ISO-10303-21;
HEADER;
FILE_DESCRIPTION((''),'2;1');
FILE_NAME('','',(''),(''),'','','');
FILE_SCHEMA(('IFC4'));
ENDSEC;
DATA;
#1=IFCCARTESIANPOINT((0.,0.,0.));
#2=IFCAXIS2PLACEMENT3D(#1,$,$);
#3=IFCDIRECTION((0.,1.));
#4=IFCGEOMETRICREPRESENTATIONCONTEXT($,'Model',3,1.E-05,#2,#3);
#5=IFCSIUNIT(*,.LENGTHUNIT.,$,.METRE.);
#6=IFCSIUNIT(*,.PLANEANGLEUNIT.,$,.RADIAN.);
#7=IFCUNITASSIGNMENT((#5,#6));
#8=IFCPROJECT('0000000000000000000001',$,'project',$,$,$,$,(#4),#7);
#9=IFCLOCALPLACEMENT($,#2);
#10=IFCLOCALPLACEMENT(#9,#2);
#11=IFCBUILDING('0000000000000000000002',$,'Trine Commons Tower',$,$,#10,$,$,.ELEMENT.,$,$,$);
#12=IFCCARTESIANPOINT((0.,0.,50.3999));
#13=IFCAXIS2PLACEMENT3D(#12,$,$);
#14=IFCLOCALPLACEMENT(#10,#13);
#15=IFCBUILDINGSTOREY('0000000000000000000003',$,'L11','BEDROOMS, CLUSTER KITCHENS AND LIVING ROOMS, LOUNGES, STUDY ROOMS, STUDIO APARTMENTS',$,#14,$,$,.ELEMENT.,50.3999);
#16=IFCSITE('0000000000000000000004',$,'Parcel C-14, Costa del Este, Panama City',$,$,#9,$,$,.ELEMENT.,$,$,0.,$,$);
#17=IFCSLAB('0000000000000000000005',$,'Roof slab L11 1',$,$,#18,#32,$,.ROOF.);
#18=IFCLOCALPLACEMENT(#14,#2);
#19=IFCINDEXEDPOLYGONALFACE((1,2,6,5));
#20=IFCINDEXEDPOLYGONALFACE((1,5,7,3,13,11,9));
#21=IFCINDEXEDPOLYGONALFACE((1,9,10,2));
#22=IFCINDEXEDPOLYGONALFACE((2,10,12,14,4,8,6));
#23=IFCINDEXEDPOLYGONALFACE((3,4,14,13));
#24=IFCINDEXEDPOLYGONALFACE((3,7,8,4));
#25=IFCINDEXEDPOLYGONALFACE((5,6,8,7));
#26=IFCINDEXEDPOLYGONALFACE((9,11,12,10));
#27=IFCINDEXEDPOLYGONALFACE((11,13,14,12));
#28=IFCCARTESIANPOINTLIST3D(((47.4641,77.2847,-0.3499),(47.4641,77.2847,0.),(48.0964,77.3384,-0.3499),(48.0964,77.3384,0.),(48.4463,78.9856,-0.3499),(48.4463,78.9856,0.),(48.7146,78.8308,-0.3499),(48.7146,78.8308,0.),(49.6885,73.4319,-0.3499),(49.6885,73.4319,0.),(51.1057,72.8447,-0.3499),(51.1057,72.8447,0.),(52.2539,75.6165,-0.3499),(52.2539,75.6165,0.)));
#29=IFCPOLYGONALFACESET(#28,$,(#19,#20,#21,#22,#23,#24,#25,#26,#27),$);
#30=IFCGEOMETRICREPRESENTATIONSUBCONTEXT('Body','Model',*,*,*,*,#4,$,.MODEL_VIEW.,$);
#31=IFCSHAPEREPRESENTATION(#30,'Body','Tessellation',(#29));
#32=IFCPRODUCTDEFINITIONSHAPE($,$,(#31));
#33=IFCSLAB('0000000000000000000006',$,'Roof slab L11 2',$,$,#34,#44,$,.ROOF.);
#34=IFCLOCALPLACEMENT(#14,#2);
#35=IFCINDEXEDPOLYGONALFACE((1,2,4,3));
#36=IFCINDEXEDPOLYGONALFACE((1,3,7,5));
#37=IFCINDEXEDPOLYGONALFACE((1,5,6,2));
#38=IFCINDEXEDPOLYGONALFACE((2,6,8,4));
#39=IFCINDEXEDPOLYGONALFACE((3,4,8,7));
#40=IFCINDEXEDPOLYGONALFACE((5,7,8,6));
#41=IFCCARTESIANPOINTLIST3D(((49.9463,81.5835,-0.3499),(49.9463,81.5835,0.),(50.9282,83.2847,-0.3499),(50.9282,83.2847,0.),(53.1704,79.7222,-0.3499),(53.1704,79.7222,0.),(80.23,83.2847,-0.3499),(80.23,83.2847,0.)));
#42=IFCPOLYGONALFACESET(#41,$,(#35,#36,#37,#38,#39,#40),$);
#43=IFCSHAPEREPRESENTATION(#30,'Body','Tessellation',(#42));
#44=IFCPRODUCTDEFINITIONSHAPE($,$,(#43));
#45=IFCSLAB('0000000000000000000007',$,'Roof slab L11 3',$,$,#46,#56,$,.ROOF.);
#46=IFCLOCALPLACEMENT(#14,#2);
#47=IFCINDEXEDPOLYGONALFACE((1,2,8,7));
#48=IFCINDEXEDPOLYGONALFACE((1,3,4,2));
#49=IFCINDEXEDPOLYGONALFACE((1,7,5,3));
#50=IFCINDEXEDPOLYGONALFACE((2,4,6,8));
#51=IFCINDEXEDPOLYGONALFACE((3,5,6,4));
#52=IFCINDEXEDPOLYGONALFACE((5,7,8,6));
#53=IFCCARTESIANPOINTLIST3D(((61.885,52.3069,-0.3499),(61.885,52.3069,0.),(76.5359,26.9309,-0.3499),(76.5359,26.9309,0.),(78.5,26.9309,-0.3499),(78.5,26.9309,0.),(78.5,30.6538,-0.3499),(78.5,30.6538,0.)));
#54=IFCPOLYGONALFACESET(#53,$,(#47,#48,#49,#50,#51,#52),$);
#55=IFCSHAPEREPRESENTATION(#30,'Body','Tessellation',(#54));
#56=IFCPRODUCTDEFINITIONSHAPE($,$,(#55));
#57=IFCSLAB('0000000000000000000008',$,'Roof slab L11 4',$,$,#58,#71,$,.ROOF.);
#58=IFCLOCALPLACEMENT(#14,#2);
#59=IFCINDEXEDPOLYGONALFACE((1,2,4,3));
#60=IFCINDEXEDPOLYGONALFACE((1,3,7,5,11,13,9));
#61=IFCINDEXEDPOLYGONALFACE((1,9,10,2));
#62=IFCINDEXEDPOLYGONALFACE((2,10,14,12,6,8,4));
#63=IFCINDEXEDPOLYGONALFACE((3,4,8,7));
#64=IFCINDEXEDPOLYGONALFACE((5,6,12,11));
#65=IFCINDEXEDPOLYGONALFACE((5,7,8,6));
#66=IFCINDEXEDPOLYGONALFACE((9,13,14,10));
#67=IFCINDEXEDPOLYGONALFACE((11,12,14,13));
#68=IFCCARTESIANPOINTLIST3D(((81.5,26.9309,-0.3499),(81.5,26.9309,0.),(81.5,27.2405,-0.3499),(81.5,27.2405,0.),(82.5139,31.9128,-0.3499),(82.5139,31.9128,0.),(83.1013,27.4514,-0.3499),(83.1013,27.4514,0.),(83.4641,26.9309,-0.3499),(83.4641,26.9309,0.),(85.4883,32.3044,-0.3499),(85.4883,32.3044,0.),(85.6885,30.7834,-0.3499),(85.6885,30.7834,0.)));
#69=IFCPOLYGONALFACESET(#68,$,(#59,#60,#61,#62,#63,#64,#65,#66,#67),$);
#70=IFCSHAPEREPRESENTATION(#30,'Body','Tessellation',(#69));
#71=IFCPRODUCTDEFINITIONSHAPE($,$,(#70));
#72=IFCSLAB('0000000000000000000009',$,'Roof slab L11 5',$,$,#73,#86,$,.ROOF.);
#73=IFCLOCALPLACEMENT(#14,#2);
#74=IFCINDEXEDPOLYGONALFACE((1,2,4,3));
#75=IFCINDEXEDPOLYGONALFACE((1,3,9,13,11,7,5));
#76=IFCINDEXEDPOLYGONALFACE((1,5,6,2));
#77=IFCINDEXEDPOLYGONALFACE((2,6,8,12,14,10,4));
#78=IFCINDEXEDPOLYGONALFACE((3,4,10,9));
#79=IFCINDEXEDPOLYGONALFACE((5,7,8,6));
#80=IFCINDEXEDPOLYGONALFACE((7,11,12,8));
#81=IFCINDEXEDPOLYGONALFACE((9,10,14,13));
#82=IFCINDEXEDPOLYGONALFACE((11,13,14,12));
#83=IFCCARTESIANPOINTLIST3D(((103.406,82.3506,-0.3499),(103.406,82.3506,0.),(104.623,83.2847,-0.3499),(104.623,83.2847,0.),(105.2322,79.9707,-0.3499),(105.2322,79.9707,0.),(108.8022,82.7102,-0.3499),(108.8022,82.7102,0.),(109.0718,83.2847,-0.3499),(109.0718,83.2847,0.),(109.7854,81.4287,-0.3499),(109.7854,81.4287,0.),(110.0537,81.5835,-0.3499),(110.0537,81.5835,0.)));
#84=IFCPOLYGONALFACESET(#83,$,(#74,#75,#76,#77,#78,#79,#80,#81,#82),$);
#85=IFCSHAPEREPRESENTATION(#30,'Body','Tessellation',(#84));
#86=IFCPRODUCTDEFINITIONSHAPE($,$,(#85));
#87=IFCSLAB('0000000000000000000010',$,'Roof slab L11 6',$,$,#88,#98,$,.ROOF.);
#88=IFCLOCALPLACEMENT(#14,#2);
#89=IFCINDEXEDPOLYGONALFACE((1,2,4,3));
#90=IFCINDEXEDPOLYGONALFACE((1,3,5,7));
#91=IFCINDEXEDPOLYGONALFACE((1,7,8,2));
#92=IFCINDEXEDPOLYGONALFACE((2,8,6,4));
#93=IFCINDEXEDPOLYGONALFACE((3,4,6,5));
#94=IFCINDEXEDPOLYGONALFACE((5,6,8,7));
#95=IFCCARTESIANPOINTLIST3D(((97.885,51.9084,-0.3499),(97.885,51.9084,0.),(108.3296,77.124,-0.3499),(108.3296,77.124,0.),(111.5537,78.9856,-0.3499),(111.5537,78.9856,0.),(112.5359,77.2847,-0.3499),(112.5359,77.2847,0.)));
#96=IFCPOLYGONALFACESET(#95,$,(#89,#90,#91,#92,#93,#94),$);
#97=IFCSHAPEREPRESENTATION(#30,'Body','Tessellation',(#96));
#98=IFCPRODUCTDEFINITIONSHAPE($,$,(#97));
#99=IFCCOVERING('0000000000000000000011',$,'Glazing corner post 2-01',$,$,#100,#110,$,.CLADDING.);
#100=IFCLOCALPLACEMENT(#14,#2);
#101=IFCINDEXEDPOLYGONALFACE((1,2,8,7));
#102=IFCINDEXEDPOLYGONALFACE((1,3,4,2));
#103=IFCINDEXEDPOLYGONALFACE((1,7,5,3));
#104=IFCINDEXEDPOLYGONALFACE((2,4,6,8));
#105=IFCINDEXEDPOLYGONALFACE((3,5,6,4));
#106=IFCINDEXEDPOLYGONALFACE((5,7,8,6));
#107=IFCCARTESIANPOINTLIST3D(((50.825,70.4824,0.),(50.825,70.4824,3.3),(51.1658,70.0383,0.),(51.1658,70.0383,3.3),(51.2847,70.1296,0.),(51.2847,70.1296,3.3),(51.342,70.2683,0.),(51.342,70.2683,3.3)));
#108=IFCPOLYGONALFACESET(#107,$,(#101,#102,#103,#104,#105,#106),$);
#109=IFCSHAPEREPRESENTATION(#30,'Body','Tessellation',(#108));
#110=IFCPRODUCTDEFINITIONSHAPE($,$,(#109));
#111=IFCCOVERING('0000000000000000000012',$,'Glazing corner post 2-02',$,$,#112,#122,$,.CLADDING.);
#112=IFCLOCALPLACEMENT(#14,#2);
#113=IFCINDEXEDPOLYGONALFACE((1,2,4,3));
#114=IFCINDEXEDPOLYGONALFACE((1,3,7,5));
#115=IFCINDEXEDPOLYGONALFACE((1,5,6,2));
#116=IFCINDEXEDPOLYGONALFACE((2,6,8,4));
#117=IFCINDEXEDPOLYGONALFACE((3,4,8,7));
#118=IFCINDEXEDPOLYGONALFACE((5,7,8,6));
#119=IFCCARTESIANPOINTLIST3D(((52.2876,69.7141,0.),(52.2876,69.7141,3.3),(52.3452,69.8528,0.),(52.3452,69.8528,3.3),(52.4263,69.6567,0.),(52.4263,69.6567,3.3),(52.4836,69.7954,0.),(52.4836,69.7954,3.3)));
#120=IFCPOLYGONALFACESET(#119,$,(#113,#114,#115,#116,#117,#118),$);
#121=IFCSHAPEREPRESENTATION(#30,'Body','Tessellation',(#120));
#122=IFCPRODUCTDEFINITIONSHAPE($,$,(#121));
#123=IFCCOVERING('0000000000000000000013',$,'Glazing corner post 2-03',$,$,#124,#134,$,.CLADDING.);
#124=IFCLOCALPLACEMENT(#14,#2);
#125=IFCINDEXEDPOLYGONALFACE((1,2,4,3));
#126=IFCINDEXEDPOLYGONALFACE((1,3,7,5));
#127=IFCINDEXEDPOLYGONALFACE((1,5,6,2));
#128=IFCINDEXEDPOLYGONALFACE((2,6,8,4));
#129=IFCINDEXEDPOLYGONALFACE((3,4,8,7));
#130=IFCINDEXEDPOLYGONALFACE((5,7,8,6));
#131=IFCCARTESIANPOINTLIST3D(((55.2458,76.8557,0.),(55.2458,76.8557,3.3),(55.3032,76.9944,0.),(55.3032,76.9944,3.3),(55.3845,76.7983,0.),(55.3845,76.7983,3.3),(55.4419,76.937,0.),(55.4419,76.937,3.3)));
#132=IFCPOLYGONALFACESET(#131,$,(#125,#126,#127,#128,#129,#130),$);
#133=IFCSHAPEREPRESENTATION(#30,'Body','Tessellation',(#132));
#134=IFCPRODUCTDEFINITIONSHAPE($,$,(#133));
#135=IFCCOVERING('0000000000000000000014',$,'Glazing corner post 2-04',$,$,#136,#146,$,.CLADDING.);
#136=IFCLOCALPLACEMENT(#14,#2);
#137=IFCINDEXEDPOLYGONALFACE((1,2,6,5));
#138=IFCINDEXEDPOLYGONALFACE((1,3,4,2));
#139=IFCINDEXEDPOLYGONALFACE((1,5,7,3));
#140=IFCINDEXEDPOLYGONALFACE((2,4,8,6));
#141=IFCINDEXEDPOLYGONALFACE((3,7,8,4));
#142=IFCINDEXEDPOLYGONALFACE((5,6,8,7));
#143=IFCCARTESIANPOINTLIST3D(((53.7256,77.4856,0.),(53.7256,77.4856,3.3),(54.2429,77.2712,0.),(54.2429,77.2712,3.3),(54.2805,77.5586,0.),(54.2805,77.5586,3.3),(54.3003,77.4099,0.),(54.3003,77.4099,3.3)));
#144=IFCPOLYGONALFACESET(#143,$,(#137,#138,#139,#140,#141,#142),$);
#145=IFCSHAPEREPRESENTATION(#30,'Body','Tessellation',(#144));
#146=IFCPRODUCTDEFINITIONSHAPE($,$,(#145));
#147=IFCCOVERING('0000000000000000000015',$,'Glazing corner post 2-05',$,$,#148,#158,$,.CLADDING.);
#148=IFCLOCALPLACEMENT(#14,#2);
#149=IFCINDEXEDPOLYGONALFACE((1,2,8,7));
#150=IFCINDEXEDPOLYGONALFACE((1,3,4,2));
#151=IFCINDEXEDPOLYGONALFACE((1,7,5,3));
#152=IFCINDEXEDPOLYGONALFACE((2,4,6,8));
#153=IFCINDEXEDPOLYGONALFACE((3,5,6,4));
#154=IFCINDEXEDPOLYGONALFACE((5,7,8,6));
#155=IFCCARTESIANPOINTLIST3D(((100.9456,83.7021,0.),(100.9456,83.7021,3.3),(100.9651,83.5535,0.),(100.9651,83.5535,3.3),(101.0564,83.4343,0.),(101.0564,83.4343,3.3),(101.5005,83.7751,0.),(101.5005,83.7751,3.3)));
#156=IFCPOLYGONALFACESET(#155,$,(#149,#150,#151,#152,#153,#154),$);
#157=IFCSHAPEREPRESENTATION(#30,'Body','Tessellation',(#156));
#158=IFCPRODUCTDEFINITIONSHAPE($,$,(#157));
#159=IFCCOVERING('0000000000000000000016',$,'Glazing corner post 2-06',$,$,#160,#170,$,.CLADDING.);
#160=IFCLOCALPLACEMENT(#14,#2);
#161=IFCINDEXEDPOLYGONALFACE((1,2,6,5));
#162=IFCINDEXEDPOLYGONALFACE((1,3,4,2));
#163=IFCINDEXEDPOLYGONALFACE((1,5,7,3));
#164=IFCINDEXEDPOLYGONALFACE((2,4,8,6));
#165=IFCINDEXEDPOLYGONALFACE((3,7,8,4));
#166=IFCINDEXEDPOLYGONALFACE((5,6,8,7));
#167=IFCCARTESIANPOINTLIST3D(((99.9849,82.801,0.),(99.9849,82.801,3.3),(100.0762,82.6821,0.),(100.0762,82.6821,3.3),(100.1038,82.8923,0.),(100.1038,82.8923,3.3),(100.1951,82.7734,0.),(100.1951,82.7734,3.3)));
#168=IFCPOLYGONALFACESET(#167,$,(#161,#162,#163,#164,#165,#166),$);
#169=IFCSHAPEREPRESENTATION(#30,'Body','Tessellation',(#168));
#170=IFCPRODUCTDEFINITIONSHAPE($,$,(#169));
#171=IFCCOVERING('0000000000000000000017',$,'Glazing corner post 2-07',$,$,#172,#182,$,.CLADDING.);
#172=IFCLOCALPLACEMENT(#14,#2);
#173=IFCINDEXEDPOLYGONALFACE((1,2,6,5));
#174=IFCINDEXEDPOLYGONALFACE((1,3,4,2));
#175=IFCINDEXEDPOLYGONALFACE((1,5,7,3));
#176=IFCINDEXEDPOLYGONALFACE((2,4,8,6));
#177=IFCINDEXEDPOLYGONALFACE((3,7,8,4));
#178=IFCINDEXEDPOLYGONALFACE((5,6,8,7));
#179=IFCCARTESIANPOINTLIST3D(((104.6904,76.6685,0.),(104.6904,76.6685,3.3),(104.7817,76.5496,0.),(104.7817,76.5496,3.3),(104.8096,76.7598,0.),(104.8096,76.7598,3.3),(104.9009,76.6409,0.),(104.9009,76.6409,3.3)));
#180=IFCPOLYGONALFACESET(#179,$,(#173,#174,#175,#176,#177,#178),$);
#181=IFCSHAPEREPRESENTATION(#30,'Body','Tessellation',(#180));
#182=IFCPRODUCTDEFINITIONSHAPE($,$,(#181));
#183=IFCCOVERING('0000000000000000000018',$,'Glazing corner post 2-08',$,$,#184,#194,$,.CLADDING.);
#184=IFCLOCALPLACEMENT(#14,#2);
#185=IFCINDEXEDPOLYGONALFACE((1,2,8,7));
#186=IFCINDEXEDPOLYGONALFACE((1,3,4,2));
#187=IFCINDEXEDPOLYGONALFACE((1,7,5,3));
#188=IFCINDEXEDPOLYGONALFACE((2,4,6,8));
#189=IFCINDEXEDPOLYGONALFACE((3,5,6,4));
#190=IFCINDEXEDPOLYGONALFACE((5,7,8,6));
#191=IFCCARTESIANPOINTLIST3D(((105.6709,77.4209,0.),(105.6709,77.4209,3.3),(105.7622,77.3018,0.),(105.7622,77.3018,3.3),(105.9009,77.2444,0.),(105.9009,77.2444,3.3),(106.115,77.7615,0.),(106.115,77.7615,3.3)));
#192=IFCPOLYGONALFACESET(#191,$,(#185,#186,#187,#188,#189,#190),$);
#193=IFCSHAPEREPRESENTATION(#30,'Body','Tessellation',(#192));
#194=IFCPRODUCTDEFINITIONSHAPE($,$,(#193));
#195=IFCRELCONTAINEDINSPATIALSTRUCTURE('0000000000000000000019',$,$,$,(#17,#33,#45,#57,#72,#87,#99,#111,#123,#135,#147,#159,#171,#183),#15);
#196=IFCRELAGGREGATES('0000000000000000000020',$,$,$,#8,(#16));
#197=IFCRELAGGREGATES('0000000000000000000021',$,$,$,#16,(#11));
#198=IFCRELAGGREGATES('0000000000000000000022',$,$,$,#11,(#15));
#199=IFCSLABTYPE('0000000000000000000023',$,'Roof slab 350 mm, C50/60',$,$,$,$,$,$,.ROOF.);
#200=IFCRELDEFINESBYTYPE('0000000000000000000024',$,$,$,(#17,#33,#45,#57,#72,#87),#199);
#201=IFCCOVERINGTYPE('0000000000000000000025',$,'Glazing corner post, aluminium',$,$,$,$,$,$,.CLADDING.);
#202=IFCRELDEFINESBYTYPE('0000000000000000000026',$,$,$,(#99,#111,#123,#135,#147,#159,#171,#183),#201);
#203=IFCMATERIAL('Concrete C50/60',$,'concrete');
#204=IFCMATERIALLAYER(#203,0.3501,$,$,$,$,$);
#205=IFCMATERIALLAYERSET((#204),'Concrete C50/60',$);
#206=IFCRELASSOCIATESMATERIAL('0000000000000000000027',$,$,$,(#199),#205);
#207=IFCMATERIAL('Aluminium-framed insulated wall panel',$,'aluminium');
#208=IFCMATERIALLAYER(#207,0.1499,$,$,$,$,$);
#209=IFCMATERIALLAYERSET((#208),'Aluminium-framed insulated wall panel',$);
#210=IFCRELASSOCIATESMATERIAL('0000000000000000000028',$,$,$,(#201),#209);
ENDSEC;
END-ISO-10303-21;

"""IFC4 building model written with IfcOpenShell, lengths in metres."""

from ifc_helpers import new_model, si_unit, direction, frame, origin, place, context, subcontext, project, spatial, polyline, outline, extrude, material, layer, layer_set, type_object, element, save


model = new_model("IFC4")

# Units and contexts
model_context = context("Model", 3, precision=1e-05, world=origin(), true_north=direction((0.0, 1.0)))
body_context = subcontext(model_context, "Body", "Model", "MODEL_VIEW")
ifc_project = project(units=[si_unit("LENGTHUNIT", "METRE"), si_unit("PLANEANGLEUNIT", "RADIAN")], contexts=[model_context])

# Site, building, storey
site_placement = place(None, origin())
site = spatial("IfcSite", under=ifc_project, at=site_placement, Name="Parcel C-14, Costa del Este, Panama City", CompositionType="ELEMENT", RefElevation=0.0)
building_placement = place(site_placement, origin())
building = spatial("IfcBuilding", under=site, at=building_placement, Name="Trine Commons Tower", CompositionType="ELEMENT")
storey_placement = place(building_placement, frame((0.0, 0.0, 50.3999)))
storey = spatial("IfcBuildingStorey", under=building, at=storey_placement, Name="L11", Description="BEDROOMS, CLUSTER KITCHENS AND LIVING ROOMS, LOUNGES, STUDY ROOMS, STUDIO APARTMENTS", CompositionType="ELEMENT", Elevation=50.3999)

# Slabs
ifc_material_1 = material(Name="Concrete C50/60", Category="concrete")
ifc_layer_1 = layer(ifc_material_1, 0.3501)
ifc_layer_set_1 = layer_set([ifc_layer_1], Name="Concrete C50/60")
slab_type_1 = type_object("IfcSlabType", Name="Roof slab 350 mm, C50/60", PredefinedType="ROOF", material=ifc_layer_set_1)
slab_1_placement = place(storey_placement, frame((0.0, 0.0, -0.3499)))
element("IfcSlab", 1, at=slab_1_placement, inside=storey, type_object=slab_type_1, Name="Roof slab L11 1", PredefinedType="ROOF", context=body_context, shape_type="SweptSolid", body=[
    extrude(outline(polyline([(49.6885, 73.4319), (51.1057, 72.8447), (52.2539, 75.6165), (48.0964, 77.3384), (48.7146, 78.8308), (48.4463, 78.9856), (47.4641, 77.2847), (49.6885, 73.4319)])), origin(), (0.0, 0.0, 1.0), 0.3499),
])
slab_2_placement = place(storey_placement, frame((0.0, 0.0, -0.3499)))
element("IfcSlab", 2, at=slab_2_placement, inside=storey, type_object=slab_type_1, Name="Roof slab L11 2", PredefinedType="ROOF", context=body_context, shape_type="SweptSolid", body=[
    extrude(outline(polyline([(53.1704, 79.7222), (80.23, 83.2847), (50.9282, 83.2847), (49.9463, 81.5835), (53.1704, 79.7222)])), origin(), (0.0, 0.0, 1.0), 0.3499),
])
slab_3_placement = place(storey_placement, frame((0.0, 0.0, -0.3499)))
element("IfcSlab", 3, at=slab_3_placement, inside=storey, type_object=slab_type_1, Name="Roof slab L11 3", PredefinedType="ROOF", context=body_context, shape_type="SweptSolid", body=[
    extrude(outline(polyline([(78.5, 30.6538), (61.885, 52.3069), (76.5359, 26.9309), (78.5, 26.9309), (78.5, 30.6538)])), origin(), (0.0, 0.0, 1.0), 0.3499),
])
slab_4_placement = place(storey_placement, frame((0.0, 0.0, -0.3499)))
element("IfcSlab", 4, at=slab_4_placement, inside=storey, type_object=slab_type_1, Name="Roof slab L11 4", PredefinedType="ROOF", context=body_context, shape_type="SweptSolid", body=[
    extrude(outline(polyline([(83.4641, 26.9309), (85.6885, 30.7834), (85.4883, 32.3044), (82.5139, 31.9128), (83.1013, 27.4514), (81.5, 27.2405), (81.5, 26.9309), (83.4641, 26.9309)])), origin(), (0.0, 0.0, 1.0), 0.3499),
])
slab_5_placement = place(storey_placement, frame((0.0, 0.0, -0.3499)))
element("IfcSlab", 5, at=slab_5_placement, inside=storey, type_object=slab_type_1, Name="Roof slab L11 5", PredefinedType="ROOF", context=body_context, shape_type="SweptSolid", body=[
    extrude(outline(polyline([(104.623, 83.2847), (103.406, 82.3506), (105.2322, 79.9707), (108.8022, 82.7102), (109.7854, 81.4287), (110.0537, 81.5835), (109.0718, 83.2847), (104.623, 83.2847)])), origin(), (0.0, 0.0, 1.0), 0.3499),
])
slab_6_placement = place(storey_placement, frame((0.0, 0.0, -0.3499)))
element("IfcSlab", 6, at=slab_6_placement, inside=storey, type_object=slab_type_1, Name="Roof slab L11 6", PredefinedType="ROOF", context=body_context, shape_type="SweptSolid", body=[
    extrude(outline(polyline([(108.3296, 77.124), (97.885, 51.9084), (112.5359, 77.2847), (111.5537, 78.9856), (108.3296, 77.124)])), origin(), (0.0, 0.0, 1.0), 0.3499),
])

# Coverings
ifc_material_2 = material(Name="Aluminium-framed insulated wall panel", Category="aluminium")
ifc_layer_2 = layer(ifc_material_2, 0.1499)
ifc_layer_set_2 = layer_set([ifc_layer_2], Name="Aluminium-framed insulated wall panel")
covering_type_1 = type_object("IfcCoveringType", Name="Glazing corner post, aluminium", PredefinedType="CLADDING", material=ifc_layer_set_2)
covering_1_placement = place(storey_placement, origin())
element("IfcCovering", 7, at=covering_1_placement, inside=storey, type_object=covering_type_1, Name="Glazing corner post 2-01", PredefinedType="CLADDING", context=body_context, shape_type="SweptSolid", body=[
    extrude(outline(polyline([(51.1658, 70.0383), (51.2847, 70.1296), (51.342, 70.2683), (50.825, 70.4824), (51.1658, 70.0383)])), origin(), (0.0, 0.0, 1.0), 3.3),
])
covering_2_placement = place(storey_placement, origin())
element("IfcCovering", 8, at=covering_2_placement, inside=storey, type_object=covering_type_1, Name="Glazing corner post 2-02", PredefinedType="CLADDING", context=body_context, shape_type="SweptSolid", body=[
    extrude(outline(polyline([(52.2876, 69.7141), (52.4263, 69.6567), (52.4836, 69.7954), (52.3452, 69.8528), (52.2876, 69.7141)])), origin(), (0.0, 0.0, 1.0), 3.3),
])
covering_3_placement = place(storey_placement, origin())
element("IfcCovering", 9, at=covering_3_placement, inside=storey, type_object=covering_type_1, Name="Glazing corner post 2-03", PredefinedType="CLADDING", context=body_context, shape_type="SweptSolid", body=[
    extrude(outline(polyline([(55.3845, 76.7983), (55.4419, 76.937), (55.3032, 76.9944), (55.2458, 76.8557), (55.3845, 76.7983)])), origin(), (0.0, 0.0, 1.0), 3.3),
])
covering_4_placement = place(storey_placement, origin())
element("IfcCovering", 10, at=covering_4_placement, inside=storey, type_object=covering_type_1, Name="Glazing corner post 2-04", PredefinedType="CLADDING", context=body_context, shape_type="SweptSolid", body=[
    extrude(outline(polyline([(54.2429, 77.2712), (54.3003, 77.4099), (54.2805, 77.5586), (53.7256, 77.4856), (54.2429, 77.2712)])), origin(), (0.0, 0.0, 1.0), 3.3),
])
covering_5_placement = place(storey_placement, origin())
element("IfcCovering", 11, at=covering_5_placement, inside=storey, type_object=covering_type_1, Name="Glazing corner post 2-05", PredefinedType="CLADDING", context=body_context, shape_type="SweptSolid", body=[
    extrude(outline(polyline([(101.0564, 83.4343), (101.5005, 83.7751), (100.9456, 83.7021), (100.9651, 83.5535), (101.0564, 83.4343)])), origin(), (0.0, 0.0, 1.0), 3.3),
])
covering_6_placement = place(storey_placement, origin())
element("IfcCovering", 12, at=covering_6_placement, inside=storey, type_object=covering_type_1, Name="Glazing corner post 2-06", PredefinedType="CLADDING", context=body_context, shape_type="SweptSolid", body=[
    extrude(outline(polyline([(100.0762, 82.6821), (100.1951, 82.7734), (100.1038, 82.8923), (99.9849, 82.801), (100.0762, 82.6821)])), origin(), (0.0, 0.0, 1.0), 3.3),
])
covering_7_placement = place(storey_placement, origin())
element("IfcCovering", 13, at=covering_7_placement, inside=storey, type_object=covering_type_1, Name="Glazing corner post 2-07", PredefinedType="CLADDING", context=body_context, shape_type="SweptSolid", body=[
    extrude(outline(polyline([(104.6904, 76.6685), (104.7817, 76.5496), (104.9009, 76.6409), (104.8096, 76.7598), (104.6904, 76.6685)])), origin(), (0.0, 0.0, 1.0), 3.3),
])
covering_8_placement = place(storey_placement, origin())
element("IfcCovering", 14, at=covering_8_placement, inside=storey, type_object=covering_type_1, Name="Glazing corner post 2-08", PredefinedType="CLADDING", context=body_context, shape_type="SweptSolid", body=[
    extrude(outline(polyline([(105.9009, 77.2444), (106.115, 77.7615), (105.6709, 77.4209), (105.7622, 77.3018), (105.9009, 77.2444)])), origin(), (0.0, 0.0, 1.0), 3.3),
])

save(model, "model.ifc")
